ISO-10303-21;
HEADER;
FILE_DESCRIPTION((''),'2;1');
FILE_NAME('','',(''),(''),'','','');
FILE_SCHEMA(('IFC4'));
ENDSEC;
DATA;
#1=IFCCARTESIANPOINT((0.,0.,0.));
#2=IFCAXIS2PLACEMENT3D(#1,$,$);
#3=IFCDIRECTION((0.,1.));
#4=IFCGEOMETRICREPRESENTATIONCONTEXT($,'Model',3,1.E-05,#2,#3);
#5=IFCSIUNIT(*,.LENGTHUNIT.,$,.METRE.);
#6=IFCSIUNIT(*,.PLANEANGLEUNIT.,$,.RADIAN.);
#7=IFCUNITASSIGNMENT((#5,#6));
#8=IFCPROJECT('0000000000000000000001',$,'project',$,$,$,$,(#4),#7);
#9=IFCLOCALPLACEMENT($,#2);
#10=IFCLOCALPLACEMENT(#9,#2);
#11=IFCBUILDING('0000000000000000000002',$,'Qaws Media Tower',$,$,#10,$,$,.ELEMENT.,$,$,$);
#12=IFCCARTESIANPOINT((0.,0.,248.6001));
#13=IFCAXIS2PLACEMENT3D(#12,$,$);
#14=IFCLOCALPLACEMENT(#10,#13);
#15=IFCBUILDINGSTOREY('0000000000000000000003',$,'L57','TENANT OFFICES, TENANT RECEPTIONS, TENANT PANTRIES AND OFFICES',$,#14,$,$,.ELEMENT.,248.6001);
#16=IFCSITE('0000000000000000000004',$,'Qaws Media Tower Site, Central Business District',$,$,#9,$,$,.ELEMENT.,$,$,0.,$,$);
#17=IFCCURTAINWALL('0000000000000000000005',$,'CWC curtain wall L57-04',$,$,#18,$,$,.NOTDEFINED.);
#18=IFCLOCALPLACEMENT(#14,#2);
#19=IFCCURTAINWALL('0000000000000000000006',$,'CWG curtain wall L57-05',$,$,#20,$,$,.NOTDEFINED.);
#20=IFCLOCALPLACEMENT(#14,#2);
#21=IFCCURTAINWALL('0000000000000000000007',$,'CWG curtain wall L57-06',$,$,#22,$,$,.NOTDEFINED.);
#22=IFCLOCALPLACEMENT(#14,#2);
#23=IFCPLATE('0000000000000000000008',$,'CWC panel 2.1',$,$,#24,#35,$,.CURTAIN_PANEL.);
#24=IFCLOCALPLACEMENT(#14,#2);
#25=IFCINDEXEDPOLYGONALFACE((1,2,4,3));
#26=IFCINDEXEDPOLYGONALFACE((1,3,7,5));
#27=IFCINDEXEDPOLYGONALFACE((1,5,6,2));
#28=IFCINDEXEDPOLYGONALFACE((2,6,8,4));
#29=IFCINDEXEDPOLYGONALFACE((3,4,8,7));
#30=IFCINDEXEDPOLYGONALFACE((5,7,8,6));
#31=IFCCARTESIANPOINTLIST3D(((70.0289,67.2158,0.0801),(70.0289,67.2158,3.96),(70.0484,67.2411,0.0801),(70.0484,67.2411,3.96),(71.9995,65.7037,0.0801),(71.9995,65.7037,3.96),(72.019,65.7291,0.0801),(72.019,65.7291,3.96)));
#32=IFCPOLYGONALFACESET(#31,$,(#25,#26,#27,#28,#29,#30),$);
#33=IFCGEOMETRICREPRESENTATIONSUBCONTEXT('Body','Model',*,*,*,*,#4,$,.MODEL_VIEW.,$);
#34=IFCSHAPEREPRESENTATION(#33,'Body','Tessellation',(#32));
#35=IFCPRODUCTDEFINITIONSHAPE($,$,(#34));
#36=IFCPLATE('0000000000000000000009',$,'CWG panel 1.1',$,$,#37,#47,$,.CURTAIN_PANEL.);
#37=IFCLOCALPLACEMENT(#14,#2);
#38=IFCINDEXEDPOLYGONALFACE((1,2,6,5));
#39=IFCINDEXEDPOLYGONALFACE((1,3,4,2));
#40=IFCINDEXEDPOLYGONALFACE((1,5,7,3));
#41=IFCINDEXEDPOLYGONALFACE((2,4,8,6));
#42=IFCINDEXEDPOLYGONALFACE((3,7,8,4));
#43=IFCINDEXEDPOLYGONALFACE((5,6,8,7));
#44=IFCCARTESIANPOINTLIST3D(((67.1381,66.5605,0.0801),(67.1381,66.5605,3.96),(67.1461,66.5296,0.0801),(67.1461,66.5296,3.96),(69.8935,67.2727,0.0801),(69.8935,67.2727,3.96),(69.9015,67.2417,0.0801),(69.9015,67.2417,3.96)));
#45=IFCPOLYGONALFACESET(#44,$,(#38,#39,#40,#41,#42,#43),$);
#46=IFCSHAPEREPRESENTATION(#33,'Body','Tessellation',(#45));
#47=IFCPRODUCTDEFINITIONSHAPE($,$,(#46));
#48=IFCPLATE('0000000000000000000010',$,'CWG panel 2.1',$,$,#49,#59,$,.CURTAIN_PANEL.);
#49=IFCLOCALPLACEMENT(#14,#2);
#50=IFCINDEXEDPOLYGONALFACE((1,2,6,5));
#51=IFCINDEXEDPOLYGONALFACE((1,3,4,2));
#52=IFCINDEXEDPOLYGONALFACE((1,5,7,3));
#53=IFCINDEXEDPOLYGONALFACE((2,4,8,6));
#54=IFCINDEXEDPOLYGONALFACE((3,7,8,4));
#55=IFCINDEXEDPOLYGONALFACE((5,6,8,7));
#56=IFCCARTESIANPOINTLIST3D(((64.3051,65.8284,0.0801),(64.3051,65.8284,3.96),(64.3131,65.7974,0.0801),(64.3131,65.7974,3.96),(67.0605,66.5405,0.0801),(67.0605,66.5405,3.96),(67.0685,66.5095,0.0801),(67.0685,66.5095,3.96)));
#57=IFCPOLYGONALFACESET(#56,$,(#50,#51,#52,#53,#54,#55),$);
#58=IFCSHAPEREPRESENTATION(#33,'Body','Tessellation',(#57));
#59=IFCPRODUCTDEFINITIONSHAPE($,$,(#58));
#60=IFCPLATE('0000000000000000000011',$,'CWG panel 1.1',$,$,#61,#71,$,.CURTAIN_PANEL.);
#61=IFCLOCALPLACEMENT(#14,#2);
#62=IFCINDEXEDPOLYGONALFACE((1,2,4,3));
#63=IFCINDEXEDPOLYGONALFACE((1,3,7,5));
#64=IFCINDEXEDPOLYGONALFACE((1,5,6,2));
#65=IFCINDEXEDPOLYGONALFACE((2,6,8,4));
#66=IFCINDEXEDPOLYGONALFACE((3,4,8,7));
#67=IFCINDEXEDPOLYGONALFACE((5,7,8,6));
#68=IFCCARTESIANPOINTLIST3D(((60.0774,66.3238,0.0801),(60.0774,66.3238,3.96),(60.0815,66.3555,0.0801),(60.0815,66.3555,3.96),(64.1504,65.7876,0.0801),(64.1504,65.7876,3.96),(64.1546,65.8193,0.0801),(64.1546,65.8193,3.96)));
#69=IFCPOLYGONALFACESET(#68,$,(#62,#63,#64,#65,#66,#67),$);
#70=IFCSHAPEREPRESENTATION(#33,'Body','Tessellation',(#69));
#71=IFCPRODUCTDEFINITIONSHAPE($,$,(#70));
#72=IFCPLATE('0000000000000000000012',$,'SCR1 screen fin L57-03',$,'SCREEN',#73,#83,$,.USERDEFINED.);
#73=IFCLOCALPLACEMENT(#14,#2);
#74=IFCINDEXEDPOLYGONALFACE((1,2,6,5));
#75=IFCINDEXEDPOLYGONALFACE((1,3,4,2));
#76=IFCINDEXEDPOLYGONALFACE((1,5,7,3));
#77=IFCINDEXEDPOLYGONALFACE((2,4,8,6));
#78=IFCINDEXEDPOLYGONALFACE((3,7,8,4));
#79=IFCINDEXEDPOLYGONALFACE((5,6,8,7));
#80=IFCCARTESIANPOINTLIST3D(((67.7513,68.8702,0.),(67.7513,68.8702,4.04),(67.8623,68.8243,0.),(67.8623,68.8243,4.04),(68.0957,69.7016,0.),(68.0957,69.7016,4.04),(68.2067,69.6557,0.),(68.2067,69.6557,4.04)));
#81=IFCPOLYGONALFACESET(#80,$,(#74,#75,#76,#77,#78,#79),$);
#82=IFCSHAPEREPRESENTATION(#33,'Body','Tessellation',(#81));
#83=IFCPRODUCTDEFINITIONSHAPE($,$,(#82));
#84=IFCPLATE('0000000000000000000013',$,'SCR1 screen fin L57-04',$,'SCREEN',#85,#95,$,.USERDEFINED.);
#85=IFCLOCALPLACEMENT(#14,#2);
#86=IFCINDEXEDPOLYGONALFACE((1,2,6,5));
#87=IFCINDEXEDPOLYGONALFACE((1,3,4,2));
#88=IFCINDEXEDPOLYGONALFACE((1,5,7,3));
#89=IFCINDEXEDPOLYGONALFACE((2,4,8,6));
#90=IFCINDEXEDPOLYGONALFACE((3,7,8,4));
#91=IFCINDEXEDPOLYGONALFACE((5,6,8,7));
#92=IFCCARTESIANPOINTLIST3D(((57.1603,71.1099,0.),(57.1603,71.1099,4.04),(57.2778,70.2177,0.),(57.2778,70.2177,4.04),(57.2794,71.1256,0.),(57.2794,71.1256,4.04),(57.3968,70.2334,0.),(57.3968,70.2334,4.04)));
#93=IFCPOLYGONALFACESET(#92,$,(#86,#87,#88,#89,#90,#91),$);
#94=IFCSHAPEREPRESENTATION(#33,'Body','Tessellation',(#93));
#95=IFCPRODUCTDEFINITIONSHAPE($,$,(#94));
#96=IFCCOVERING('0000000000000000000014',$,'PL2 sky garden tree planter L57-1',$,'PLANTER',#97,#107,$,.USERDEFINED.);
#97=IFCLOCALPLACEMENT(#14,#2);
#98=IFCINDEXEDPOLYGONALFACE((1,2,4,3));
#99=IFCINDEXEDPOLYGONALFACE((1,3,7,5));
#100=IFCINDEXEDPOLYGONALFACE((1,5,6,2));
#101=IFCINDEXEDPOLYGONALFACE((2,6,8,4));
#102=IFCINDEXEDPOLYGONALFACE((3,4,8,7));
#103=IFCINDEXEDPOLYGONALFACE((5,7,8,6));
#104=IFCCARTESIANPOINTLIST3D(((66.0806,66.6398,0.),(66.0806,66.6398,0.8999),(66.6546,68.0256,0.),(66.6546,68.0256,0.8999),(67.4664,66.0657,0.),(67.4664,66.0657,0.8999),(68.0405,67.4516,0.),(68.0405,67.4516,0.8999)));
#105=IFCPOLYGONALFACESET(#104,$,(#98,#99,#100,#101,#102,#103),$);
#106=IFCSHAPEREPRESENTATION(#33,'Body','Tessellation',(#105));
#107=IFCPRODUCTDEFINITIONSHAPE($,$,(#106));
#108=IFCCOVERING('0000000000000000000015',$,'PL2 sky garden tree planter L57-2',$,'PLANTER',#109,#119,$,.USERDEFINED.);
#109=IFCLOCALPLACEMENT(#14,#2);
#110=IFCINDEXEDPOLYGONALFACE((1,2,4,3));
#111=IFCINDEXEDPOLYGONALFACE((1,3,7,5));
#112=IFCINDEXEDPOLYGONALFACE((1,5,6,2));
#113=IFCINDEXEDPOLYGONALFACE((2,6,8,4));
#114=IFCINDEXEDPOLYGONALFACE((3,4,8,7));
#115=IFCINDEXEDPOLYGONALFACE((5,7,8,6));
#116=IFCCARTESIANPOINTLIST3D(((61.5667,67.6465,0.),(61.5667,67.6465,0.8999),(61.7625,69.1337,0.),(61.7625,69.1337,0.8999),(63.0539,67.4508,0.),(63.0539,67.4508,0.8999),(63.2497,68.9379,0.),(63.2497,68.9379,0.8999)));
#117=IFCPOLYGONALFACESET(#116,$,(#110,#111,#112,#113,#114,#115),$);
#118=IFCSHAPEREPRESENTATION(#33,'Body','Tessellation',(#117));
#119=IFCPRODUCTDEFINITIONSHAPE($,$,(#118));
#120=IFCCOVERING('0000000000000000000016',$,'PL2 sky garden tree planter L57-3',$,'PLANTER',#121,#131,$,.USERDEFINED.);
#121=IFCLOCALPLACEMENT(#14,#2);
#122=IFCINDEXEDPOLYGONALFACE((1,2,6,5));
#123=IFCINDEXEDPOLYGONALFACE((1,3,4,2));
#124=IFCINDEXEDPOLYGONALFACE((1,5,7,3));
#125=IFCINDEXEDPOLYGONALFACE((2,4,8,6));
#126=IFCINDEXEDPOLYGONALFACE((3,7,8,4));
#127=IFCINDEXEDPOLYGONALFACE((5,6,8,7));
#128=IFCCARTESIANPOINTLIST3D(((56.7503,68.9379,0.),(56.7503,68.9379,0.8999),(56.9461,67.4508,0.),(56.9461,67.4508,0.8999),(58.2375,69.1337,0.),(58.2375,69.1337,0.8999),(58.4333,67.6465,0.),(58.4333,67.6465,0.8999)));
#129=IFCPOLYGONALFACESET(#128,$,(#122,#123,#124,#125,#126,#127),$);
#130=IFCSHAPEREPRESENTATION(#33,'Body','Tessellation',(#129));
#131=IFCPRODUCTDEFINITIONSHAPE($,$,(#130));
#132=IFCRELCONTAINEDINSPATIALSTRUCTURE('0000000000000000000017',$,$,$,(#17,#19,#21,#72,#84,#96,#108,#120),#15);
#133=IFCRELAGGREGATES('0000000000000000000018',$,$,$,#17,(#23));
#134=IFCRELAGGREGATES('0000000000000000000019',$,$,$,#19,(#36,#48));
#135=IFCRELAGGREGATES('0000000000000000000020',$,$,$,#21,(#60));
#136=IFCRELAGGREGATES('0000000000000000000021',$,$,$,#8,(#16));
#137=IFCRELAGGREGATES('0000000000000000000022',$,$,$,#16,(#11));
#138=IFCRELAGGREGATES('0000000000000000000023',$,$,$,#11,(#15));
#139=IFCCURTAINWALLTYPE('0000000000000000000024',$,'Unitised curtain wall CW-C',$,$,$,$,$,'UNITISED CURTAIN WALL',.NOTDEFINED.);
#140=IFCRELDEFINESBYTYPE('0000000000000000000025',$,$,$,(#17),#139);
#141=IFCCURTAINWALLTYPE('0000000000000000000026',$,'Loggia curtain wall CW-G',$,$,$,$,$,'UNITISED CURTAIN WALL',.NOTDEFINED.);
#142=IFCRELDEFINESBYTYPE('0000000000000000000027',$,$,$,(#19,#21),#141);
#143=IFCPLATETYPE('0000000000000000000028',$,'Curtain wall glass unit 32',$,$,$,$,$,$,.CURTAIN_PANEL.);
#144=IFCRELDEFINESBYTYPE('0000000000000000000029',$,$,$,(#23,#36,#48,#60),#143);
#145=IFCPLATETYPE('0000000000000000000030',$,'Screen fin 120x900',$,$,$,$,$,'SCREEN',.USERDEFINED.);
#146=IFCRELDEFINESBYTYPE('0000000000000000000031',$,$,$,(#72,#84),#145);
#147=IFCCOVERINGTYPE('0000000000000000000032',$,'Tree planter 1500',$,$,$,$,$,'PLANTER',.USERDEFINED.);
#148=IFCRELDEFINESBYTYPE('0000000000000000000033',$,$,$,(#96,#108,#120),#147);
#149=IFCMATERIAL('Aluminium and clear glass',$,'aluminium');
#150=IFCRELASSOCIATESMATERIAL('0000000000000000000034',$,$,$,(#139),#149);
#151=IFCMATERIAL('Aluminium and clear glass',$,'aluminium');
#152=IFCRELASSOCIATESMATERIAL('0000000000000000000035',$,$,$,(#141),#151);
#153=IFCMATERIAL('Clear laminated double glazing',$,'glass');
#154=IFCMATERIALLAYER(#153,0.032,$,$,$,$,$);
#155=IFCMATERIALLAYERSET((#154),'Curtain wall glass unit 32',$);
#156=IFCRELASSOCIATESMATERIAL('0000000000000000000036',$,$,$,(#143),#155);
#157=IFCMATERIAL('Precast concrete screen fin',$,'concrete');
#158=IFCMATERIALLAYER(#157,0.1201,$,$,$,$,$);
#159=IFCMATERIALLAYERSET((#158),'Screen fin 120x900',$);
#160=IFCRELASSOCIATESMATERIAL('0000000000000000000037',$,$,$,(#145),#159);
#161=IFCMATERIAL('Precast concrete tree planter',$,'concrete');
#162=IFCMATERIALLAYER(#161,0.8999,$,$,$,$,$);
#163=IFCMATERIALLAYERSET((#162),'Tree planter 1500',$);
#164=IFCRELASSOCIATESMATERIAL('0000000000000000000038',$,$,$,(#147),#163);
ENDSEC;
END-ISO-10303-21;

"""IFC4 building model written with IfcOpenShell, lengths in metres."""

from ifc_helpers import new_model, si_unit, direction, frame, origin, origin_2d, place, context, subcontext, project, spatial, rectangle, extrude, material, layer, layer_set, type_object, element, aggregate, save


model = new_model("IFC4")

# Units and contexts
model_context = context("Model", 3, precision=1e-05, world=origin(), true_north=direction((0.0, 1.0)))
body_context = subcontext(model_context, "Body", "Model", "MODEL_VIEW")
ifc_project = project(units=[si_unit("LENGTHUNIT", "METRE"), si_unit("PLANEANGLEUNIT", "RADIAN")], contexts=[model_context])

# Site, building, storey
site_placement = place(None, origin())
site = spatial("IfcSite", under=ifc_project, at=site_placement, Name="Qaws Media Tower Site, Central Business District", CompositionType="ELEMENT", RefElevation=0.0)
building_placement = place(site_placement, origin())
building = spatial("IfcBuilding", under=site, at=building_placement, Name="Qaws Media Tower", CompositionType="ELEMENT")
storey_placement = place(building_placement, frame((0.0, 0.0, 248.6001)))
storey = spatial("IfcBuildingStorey", under=building, at=storey_placement, Name="L57", Description="TENANT OFFICES, TENANT RECEPTIONS, TENANT PANTRIES AND OFFICES", CompositionType="ELEMENT", Elevation=248.6001)

# Curtain wall
ifc_material_1 = material(Name="Aluminium and clear glass", Category="aluminium")
curtain_wall_type_1 = type_object("IfcCurtainWallType", Name="Unitised curtain wall CW-C", ElementType="UNITISED CURTAIN WALL", PredefinedType="NOTDEFINED", material=ifc_material_1)
curtain_wall_1_placement = place(storey_placement, origin())
curtain_wall_1 = element("IfcCurtainWall", 1, at=curtain_wall_1_placement, inside=storey, type_object=curtain_wall_type_1, Name="CWC curtain wall L57-04", PredefinedType="NOTDEFINED")

# Curtain wall
ifc_material_2 = material(Name="Aluminium and clear glass", Category="aluminium")
curtain_wall_type_2 = type_object("IfcCurtainWallType", Name="Loggia curtain wall CW-G", ElementType="UNITISED CURTAIN WALL", PredefinedType="NOTDEFINED", material=ifc_material_2)
curtain_wall_2_placement = place(storey_placement, origin())
curtain_wall_2 = element("IfcCurtainWall", 2, at=curtain_wall_2_placement, inside=storey, type_object=curtain_wall_type_2, Name="CWG curtain wall L57-05", PredefinedType="NOTDEFINED")

# Curtain wall
curtain_wall_3_placement = place(storey_placement, origin())
curtain_wall_3 = element("IfcCurtainWall", 3, at=curtain_wall_3_placement, inside=storey, type_object=curtain_wall_type_2, Name="CWG curtain wall L57-06", PredefinedType="NOTDEFINED")

# Plates
ifc_material_3 = material(Name="Clear laminated double glazing", Category="glass")
ifc_layer_1 = layer(ifc_material_3, 0.032)
ifc_layer_set_1 = layer_set([ifc_layer_1], Name="Curtain wall glass unit 32")
plate_type_1 = type_object("IfcPlateType", Name="Curtain wall glass unit 32", PredefinedType="CURTAIN_PANEL", material=ifc_layer_set_1)
plate_1_placement = place(storey_placement, frame((71.0239, 66.4724, 0.0801), z_axis=(0.0, 0.0, 1.0), x_axis=(-0.793353, 0.608762, 0.0)))
plate_1 = element("IfcPlate", 4, at=plate_1_placement, type_object=plate_type_1, Name="CWC panel 2.1", PredefinedType="CURTAIN_PANEL", context=body_context, shape_type="SweptSolid", body=[
    extrude(rectangle(XDim=2.4839, YDim=0.032, at=origin_2d()), origin(), (0.0, 0.0, 1.0), 3.8799),
])
aggregate(curtain_wall_1, [plate_1])
plate_2_placement = place(storey_placement, frame((68.5198, 66.9011, 0.0801), z_axis=(0.0, 0.0, 1.0), x_axis=(-0.968189, -0.250222, 0.0)))
plate_2 = element("IfcPlate", 5, at=plate_2_placement, type_object=plate_type_1, Name="CWG panel 1.1", PredefinedType="CURTAIN_PANEL", context=body_context, shape_type="SweptSolid", body=[
    extrude(rectangle(XDim=2.8459, YDim=0.032, at=origin_2d()), origin(), (0.0, 0.0, 1.0), 3.8799),
])
plate_3_placement = place(storey_placement, frame((65.6868, 66.1689, 0.0801), z_axis=(0.0, 0.0, 1.0), x_axis=(-0.968189, -0.250222, 0.0)))
plate_3 = element("IfcPlate", 6, at=plate_3_placement, type_object=plate_type_1, Name="CWG panel 2.1", PredefinedType="CURTAIN_PANEL", context=body_context, shape_type="SweptSolid", body=[
    extrude(rectangle(XDim=2.8459, YDim=0.032, at=origin_2d()), origin(), (0.0, 0.0, 1.0), 3.8799),
])
aggregate(curtain_wall_2, [plate_2, plate_3])
plate_4_placement = place(storey_placement, frame((62.116, 66.0715, 0.0801), z_axis=(0.0, 0.0, 1.0), x_axis=(-0.991445, 0.130526, 0.0)))
plate_4 = element("IfcPlate", 7, at=plate_4_placement, type_object=plate_type_1, Name="CWG panel 1.1", PredefinedType="CURTAIN_PANEL", context=body_context, shape_type="SweptSolid", body=[
    extrude(rectangle(XDim=4.1082, YDim=0.032, at=origin_2d()), origin(), (0.0, 0.0, 1.0), 3.8799),
])
aggregate(curtain_wall_3, [plate_4])

# Plates
ifc_material_4 = material(Name="Precast concrete screen fin", Category="concrete")
ifc_layer_2 = layer(ifc_material_4, 0.1201)
ifc_layer_set_2 = layer_set([ifc_layer_2], Name="Screen fin 120x900")
plate_type_2 = type_object("IfcPlateType", Name="Screen fin 120x900", ElementType="SCREEN", PredefinedType="USERDEFINED", material=ifc_layer_set_2)
for number, where, z_axis, x_axis, name in (
    (8, (67.979, 69.2629, 0.0), (0.0, 0.0, 1.0), (0.382683, 0.92388, 0.0), "SCR1 screen fin L57-03"),
    (9, (57.2786, 70.6716, 0.0), (0.0, 0.0, 1.0), (-0.130526, 0.991445, 0.0), "SCR1 screen fin L57-04"),
):
    element("IfcPlate", number, at=place(storey_placement, frame(where, z_axis=z_axis, x_axis=x_axis)), inside=storey, type_object=plate_type_2, Name=name, ObjectType="SCREEN", PredefinedType="USERDEFINED", context=body_context, shape_type="SweptSolid", body=[
        extrude(rectangle(XDim=0.8999, YDim=0.1201, at=origin_2d()), origin(), (0.0, 0.0, 1.0), 4.04),
    ])

# Coverings
ifc_material_5 = material(Name="Precast concrete tree planter", Category="concrete")
ifc_layer_3 = layer(ifc_material_5, 0.8999)
ifc_layer_set_3 = layer_set([ifc_layer_3], Name="Tree planter 1500")
covering_type = type_object("IfcCoveringType", Name="Tree planter 1500", ElementType="PLANTER", PredefinedType="USERDEFINED", material=ifc_layer_set_3)
for number, where, z_axis, x_axis, name in (
    (10, (67.0605, 67.0457, 0.0), (0.0, 0.0, 1.0), (0.382683, 0.92388, 0.0), "PL2 sky garden tree planter L57-1"),
    (11, (62.4082, 68.2922, 0.0), (0.0, 0.0, 1.0), (0.130526, 0.991445, 0.0), "PL2 sky garden tree planter L57-2"),
    (12, (57.5918, 68.2922, 0.0), (0.0, 0.0, 1.0), (-0.130526, 0.991445, 0.0), "PL2 sky garden tree planter L57-3"),
):
    element("IfcCovering", number, at=place(storey_placement, frame(where, z_axis=z_axis, x_axis=x_axis)), inside=storey, type_object=covering_type, Name=name, ObjectType="PLANTER", PredefinedType="USERDEFINED", context=body_context, shape_type="SweptSolid", body=[
        extrude(rectangle(XDim=1.5, YDim=1.5, at=origin_2d()), origin(), (0.0, 0.0, 1.0), 0.8999),
    ])

save(model, "model.ifc")
